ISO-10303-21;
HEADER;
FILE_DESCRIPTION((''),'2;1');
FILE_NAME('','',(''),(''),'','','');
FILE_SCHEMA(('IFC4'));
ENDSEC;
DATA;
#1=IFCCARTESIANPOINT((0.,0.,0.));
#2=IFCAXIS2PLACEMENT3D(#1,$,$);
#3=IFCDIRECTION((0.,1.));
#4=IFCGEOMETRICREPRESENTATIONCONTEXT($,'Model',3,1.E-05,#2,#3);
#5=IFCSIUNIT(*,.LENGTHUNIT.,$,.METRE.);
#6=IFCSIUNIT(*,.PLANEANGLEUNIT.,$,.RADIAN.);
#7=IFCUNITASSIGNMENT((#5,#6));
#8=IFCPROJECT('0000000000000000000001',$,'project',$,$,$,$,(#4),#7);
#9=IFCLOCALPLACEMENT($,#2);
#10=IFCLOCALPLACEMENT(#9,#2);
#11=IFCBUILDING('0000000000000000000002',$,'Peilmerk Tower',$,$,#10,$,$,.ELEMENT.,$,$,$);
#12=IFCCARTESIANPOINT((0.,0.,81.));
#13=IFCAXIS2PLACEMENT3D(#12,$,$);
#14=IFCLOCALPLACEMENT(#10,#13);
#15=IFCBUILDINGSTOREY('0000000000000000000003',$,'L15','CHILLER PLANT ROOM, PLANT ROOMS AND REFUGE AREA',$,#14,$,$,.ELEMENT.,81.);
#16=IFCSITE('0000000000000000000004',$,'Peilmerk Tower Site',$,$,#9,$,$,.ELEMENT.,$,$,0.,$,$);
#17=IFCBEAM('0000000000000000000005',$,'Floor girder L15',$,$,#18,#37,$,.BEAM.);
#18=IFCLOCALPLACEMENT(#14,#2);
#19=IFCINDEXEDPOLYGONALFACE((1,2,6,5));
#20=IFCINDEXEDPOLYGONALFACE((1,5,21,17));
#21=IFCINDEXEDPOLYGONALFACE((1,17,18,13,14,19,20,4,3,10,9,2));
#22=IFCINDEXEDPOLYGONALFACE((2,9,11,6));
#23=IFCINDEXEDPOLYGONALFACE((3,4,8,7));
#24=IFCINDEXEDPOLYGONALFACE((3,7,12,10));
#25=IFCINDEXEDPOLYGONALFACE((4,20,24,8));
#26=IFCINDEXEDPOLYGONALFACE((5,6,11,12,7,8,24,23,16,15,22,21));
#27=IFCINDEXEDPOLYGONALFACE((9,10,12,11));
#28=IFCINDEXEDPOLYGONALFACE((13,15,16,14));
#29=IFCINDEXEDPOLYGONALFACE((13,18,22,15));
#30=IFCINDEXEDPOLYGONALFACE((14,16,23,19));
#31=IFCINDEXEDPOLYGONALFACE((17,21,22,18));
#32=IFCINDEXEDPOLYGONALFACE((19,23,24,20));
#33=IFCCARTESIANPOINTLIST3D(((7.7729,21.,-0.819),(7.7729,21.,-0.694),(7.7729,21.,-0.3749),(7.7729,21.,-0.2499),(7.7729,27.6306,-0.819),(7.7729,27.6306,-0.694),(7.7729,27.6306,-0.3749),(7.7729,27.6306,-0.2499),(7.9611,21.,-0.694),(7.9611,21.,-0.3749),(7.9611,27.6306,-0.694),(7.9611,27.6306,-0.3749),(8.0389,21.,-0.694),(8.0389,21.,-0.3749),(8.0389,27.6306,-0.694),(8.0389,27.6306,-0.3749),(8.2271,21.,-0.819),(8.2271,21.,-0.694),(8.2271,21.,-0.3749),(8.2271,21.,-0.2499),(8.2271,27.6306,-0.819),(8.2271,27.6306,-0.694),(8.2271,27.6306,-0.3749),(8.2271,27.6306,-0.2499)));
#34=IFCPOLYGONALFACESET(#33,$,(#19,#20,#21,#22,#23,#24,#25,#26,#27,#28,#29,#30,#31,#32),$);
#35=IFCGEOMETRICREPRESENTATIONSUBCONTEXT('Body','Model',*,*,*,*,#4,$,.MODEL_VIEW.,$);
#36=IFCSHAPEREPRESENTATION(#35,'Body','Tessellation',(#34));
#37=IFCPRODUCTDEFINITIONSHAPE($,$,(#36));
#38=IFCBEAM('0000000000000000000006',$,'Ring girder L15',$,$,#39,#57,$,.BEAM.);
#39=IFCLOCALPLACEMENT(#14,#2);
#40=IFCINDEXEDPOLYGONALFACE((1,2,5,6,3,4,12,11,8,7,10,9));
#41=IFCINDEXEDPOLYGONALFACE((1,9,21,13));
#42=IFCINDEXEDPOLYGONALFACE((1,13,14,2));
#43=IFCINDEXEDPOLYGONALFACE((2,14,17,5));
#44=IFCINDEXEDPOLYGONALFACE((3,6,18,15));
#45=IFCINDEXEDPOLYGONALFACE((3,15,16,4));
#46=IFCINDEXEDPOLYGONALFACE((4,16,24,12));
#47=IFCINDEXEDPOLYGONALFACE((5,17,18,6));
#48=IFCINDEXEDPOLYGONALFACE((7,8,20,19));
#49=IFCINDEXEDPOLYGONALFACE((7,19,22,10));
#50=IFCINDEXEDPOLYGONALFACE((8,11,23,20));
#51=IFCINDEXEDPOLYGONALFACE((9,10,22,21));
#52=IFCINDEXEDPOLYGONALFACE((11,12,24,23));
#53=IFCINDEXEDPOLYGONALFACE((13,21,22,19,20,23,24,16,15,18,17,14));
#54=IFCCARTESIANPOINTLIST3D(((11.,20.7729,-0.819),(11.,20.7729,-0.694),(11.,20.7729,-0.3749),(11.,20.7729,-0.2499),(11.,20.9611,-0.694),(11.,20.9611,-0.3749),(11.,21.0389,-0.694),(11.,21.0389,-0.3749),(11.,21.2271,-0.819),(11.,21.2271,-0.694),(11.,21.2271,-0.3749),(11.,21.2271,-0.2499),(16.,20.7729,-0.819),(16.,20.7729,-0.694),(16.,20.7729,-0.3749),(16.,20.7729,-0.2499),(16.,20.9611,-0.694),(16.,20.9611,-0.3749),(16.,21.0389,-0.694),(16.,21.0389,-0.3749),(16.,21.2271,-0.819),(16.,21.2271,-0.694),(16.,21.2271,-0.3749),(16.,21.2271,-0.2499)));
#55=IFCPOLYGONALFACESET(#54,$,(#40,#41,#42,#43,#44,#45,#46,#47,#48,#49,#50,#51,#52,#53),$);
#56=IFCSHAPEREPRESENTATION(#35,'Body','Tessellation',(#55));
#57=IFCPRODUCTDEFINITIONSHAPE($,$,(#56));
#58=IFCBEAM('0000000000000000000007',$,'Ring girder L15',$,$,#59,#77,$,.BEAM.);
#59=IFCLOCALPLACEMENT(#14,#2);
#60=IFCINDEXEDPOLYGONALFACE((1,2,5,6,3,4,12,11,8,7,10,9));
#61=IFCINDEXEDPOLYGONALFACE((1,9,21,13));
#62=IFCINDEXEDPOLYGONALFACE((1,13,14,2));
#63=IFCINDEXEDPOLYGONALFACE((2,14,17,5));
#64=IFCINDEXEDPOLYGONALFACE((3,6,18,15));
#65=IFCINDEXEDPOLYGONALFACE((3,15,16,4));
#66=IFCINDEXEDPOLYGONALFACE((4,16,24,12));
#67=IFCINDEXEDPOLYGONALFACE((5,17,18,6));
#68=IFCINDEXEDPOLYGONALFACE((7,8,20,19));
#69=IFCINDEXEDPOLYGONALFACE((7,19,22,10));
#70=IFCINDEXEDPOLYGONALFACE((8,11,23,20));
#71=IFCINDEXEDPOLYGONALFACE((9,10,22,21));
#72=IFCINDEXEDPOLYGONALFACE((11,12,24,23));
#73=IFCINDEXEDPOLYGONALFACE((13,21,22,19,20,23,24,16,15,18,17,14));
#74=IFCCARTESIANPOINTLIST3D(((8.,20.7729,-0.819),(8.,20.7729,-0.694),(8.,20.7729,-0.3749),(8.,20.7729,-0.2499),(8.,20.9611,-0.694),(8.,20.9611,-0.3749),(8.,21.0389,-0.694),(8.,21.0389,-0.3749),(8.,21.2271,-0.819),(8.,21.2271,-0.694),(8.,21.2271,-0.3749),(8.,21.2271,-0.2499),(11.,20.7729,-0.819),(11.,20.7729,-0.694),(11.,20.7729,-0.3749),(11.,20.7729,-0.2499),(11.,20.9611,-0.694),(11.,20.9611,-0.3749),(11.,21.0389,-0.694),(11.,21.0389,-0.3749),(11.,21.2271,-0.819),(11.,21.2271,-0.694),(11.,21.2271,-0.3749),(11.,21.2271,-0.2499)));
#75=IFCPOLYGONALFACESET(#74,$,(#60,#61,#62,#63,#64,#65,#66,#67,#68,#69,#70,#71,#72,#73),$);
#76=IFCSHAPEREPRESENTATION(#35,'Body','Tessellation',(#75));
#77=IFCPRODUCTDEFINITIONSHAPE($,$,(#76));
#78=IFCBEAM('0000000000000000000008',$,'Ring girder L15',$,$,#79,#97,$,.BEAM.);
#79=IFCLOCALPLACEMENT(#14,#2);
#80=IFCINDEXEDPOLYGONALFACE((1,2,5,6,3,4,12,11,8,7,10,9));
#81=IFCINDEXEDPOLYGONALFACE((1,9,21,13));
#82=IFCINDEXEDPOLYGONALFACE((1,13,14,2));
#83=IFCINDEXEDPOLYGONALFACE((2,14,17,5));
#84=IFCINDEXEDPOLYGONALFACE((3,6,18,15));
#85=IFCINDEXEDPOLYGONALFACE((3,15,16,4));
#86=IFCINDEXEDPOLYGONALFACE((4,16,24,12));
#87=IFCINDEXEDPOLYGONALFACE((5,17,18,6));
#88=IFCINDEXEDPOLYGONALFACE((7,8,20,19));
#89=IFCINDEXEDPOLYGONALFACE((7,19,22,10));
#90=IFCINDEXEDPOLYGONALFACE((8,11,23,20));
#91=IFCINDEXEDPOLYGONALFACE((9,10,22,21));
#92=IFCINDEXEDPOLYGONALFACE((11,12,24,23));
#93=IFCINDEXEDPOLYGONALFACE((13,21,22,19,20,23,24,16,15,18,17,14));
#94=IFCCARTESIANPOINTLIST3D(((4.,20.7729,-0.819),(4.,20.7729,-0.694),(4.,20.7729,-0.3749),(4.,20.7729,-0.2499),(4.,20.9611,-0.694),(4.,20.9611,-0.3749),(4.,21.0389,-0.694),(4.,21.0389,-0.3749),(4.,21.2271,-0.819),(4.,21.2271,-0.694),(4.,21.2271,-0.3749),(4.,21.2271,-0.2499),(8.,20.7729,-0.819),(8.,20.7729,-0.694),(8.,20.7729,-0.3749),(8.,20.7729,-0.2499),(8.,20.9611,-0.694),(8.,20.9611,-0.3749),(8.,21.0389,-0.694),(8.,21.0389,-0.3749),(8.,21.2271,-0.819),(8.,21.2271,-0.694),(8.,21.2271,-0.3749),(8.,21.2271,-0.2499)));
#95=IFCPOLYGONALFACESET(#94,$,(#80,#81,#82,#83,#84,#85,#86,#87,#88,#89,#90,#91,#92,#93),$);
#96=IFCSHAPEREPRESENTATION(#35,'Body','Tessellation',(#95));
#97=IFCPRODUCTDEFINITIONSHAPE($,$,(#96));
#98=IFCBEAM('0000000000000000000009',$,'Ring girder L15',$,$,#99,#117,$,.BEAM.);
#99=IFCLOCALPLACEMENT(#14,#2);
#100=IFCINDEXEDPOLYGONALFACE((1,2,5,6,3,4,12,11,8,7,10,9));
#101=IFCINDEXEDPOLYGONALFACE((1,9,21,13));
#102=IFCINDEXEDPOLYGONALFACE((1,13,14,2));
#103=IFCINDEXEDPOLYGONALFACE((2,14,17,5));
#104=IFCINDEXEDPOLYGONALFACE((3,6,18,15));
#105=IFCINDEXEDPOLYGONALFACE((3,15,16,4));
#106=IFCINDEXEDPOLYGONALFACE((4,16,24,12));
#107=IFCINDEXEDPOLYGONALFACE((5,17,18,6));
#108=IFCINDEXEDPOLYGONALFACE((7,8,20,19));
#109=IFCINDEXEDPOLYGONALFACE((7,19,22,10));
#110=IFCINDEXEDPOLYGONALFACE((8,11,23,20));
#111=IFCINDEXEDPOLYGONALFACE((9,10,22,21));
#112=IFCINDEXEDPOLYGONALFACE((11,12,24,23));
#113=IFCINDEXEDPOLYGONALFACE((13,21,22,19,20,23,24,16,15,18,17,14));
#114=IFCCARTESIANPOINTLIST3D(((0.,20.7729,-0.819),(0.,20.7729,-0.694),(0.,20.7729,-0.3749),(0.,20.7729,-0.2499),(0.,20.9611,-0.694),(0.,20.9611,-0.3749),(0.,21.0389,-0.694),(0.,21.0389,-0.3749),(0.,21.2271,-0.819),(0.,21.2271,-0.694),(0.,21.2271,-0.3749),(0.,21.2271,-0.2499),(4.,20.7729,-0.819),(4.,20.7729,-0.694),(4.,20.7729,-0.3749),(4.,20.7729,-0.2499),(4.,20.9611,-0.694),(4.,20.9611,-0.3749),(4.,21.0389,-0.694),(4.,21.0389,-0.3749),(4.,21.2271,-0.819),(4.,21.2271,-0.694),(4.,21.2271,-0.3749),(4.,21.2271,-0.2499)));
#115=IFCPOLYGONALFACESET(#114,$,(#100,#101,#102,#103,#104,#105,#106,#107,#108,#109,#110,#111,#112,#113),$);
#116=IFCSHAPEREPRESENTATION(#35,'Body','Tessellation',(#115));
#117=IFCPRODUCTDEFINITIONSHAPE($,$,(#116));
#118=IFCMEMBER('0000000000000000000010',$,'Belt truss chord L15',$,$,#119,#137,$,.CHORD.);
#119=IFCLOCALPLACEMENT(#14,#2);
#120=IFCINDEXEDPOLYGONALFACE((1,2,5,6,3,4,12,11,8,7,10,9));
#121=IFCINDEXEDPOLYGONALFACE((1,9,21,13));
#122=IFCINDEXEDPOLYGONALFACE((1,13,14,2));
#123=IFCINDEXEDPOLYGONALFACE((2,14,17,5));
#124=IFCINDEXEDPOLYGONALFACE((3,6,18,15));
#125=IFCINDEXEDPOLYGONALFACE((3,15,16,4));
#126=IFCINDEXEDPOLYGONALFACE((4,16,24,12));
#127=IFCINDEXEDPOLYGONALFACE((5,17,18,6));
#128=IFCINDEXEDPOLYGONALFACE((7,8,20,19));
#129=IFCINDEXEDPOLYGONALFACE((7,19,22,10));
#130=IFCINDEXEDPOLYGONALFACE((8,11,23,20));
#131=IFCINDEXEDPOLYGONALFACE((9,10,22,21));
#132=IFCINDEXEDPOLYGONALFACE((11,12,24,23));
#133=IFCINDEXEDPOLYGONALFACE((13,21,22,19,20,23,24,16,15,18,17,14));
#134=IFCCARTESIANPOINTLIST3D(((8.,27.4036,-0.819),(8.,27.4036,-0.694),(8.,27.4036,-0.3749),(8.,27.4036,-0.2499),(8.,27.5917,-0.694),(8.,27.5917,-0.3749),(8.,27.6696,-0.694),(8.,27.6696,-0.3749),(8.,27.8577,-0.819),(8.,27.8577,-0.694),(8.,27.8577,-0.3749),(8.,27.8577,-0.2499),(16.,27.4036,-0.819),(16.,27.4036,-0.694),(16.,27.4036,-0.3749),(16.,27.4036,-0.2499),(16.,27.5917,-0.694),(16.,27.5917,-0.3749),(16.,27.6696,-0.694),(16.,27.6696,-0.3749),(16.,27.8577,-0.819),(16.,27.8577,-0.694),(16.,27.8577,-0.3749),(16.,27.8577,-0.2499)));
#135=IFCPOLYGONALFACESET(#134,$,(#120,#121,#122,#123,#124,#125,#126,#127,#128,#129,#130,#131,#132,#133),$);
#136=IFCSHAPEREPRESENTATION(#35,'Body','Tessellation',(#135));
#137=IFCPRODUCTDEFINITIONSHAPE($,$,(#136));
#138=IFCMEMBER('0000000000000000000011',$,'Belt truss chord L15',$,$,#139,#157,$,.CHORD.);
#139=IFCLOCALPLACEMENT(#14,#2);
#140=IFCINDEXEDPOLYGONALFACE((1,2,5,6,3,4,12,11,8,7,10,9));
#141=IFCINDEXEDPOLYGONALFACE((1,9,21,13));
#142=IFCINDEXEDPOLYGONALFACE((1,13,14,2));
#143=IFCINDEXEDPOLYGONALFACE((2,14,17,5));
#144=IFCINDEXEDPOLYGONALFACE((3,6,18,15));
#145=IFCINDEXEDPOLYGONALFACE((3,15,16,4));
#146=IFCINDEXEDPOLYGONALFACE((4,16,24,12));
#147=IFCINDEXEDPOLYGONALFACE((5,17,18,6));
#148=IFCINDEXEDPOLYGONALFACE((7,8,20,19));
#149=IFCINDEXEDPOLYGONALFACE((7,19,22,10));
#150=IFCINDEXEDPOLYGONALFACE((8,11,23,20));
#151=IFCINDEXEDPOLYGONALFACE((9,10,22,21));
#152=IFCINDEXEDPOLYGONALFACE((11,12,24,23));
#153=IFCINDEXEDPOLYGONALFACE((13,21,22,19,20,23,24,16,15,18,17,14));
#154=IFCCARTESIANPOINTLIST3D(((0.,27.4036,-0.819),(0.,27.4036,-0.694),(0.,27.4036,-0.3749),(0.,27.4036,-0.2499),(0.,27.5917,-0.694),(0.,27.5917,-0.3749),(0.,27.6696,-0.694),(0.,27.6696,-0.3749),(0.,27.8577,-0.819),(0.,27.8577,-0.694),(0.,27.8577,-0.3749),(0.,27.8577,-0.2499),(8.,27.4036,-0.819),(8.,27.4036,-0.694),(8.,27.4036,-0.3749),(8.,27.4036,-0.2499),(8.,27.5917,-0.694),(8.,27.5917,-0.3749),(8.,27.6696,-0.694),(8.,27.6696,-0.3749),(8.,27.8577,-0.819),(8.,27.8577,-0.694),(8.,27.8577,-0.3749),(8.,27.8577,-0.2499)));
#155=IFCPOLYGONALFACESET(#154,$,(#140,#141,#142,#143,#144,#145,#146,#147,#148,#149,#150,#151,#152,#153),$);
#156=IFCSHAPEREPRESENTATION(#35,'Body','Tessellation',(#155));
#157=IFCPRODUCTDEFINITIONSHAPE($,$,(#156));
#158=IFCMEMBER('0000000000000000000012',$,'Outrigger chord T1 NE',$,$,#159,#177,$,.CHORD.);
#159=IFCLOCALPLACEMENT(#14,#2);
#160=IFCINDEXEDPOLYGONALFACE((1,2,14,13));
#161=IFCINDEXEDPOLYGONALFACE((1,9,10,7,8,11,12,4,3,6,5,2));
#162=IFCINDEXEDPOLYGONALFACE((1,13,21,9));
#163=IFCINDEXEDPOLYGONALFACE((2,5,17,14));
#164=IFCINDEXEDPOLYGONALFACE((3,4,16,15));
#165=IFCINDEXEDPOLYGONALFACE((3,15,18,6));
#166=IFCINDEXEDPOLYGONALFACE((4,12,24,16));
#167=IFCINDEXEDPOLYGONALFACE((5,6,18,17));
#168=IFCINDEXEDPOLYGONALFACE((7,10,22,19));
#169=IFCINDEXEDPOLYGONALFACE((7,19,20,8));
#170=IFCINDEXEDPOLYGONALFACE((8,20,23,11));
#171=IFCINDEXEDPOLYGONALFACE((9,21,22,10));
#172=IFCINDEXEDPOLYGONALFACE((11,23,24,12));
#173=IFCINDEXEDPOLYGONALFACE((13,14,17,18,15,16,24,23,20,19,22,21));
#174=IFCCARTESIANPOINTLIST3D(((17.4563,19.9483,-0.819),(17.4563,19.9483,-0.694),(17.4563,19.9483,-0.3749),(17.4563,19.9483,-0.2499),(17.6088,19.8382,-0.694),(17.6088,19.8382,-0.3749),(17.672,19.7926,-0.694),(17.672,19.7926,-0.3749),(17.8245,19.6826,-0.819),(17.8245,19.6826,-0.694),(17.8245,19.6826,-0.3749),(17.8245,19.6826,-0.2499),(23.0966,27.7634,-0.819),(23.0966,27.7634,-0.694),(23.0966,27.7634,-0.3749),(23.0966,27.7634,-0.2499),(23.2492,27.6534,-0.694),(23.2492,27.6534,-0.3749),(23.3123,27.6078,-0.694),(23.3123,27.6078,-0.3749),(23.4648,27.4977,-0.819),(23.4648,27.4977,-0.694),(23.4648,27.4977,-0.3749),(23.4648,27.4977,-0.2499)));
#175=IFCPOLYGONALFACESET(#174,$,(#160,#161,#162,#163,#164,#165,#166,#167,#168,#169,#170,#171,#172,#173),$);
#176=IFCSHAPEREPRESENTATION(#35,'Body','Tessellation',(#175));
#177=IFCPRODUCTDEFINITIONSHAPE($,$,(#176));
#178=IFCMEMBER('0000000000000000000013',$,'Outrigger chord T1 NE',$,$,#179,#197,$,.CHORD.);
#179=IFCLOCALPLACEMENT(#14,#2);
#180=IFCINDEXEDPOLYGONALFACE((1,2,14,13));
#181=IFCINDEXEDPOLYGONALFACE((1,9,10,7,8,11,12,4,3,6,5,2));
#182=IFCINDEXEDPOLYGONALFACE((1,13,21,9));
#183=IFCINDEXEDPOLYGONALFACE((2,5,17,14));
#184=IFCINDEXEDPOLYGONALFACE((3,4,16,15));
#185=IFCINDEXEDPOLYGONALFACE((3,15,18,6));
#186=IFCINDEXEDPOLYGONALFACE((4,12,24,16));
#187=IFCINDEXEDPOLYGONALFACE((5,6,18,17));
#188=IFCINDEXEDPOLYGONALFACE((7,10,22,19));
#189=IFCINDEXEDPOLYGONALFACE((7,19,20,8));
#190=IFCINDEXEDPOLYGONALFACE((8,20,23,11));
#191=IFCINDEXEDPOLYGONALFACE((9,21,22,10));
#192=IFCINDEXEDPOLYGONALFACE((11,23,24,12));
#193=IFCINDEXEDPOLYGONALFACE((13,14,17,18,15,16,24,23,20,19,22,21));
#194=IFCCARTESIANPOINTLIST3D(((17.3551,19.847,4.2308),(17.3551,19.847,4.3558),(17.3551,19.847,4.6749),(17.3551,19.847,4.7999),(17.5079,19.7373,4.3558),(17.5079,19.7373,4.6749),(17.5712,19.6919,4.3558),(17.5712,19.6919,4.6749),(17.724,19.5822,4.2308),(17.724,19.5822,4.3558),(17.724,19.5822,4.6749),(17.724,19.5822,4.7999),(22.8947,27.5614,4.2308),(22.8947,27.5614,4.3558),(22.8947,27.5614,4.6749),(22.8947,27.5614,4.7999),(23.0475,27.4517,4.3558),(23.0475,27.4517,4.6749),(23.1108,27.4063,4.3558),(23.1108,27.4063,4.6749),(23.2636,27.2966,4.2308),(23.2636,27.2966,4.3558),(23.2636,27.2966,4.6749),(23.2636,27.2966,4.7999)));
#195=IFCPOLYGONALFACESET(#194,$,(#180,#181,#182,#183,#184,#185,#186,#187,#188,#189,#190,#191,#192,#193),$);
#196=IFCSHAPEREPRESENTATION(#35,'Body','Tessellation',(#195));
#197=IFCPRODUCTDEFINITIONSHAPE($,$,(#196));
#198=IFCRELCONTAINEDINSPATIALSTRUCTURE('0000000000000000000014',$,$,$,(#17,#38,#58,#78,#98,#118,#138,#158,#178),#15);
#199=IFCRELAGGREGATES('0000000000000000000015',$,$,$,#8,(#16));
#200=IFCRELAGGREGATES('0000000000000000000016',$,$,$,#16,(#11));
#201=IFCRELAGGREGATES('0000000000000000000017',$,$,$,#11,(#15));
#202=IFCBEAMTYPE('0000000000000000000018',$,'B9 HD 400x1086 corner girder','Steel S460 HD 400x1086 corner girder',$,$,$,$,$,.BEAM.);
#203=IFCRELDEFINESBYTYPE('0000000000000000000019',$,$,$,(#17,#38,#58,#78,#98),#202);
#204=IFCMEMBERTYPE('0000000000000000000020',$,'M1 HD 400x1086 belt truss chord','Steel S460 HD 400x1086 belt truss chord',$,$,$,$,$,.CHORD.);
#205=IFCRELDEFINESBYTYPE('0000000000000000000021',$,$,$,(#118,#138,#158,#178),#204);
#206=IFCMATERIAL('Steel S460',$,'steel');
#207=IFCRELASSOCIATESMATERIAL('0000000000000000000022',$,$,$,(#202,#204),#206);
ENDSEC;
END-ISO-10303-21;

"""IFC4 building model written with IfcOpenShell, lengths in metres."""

from ifc_helpers import new_model, si_unit, direction, frame, origin, origin_2d, place, context, subcontext, project, spatial, i_section, extrude, material, material_profile, profile_set, type_object, element, save


model = new_model("IFC4")

# Units and contexts
model_context = context("Model", 3, precision=1e-05, world=origin(), true_north=direction((0.0, 1.0)))
body_context = subcontext(model_context, "Body", "Model", "MODEL_VIEW")
ifc_project = project(units=[si_unit("LENGTHUNIT", "METRE"), si_unit("PLANEANGLEUNIT", "RADIAN")], contexts=[model_context])

# Site, building, storey
site_placement = place(None, origin())
site = spatial("IfcSite", under=ifc_project, at=site_placement, Name="Peilmerk Tower Site", CompositionType="ELEMENT", RefElevation=0.0)
building_placement = place(site_placement, origin())
building = spatial("IfcBuilding", under=site, at=building_placement, Name="Peilmerk Tower", CompositionType="ELEMENT")
storey_placement = place(building_placement, frame((0.0, 0.0, 81.0)))
storey = spatial("IfcBuildingStorey", under=building, at=storey_placement, Name="L15", Description="CHILLER PLANT ROOM, PLANT ROOMS AND REFUGE AREA", CompositionType="ELEMENT", Elevation=81.0)

# Shared definitions
ifc_material_1 = material(Name="Steel S460", Category="steel")

# Beams
ifc_material_profile_1 = material_profile(ifc_material_1, i_section(OverallWidth=0.4541, OverallDepth=0.5691, WebThickness=0.0779, FlangeThickness=0.125, at=origin_2d()), Name="HD 400x1086")
ifc_profile_set_1 = profile_set([ifc_material_profile_1], Name="Steel S460")
beam_type_1 = type_object("IfcBeamType", Name="B9 HD 400x1086 corner girder", Description="Steel S460 HD 400x1086 corner girder", PredefinedType="BEAM", material=ifc_profile_set_1)
beam_1_placement = place(storey_placement, frame((8.0, 21.0, -0.5344), z_axis=(0.0, 1.0, 0.0), x_axis=(-1.0, 0.0, 0.0)))
element("IfcBeam", 1, at=beam_1_placement, inside=storey, type_object=beam_type_1, Name="Floor girder L15", PredefinedType="BEAM", context=body_context, shape_type="SweptSolid", body=[
    extrude(i_section(OverallWidth=0.4541, OverallDepth=0.5691, WebThickness=0.0779, FlangeThickness=0.125, at=origin_2d()), origin(), (0.0, 0.0, 1.0), 6.6306),
])
beam_2_placement = place(storey_placement, frame((16.0, 21.0, -0.5344), z_axis=(-1.0, 0.0, 0.0), x_axis=(0.0, -1.0, 0.0)))
element("IfcBeam", 2, at=beam_2_placement, inside=storey, type_object=beam_type_1, Name="Ring girder L15", PredefinedType="BEAM", context=body_context, shape_type="SweptSolid", body=[
    extrude(i_section(OverallWidth=0.4541, OverallDepth=0.5691, WebThickness=0.0779, FlangeThickness=0.125, at=origin_2d()), origin(), (0.0, 0.0, 1.0), 5.0),
])
beam_3_placement = place(storey_placement, frame((11.0, 21.0, -0.5344), z_axis=(-1.0, 0.0, 0.0), x_axis=(0.0, -1.0, 0.0)))
element("IfcBeam", 3, at=beam_3_placement, inside=storey, type_object=beam_type_1, Name="Ring girder L15", PredefinedType="BEAM", context=body_context, shape_type="SweptSolid", body=[
    extrude(i_section(OverallWidth=0.4541, OverallDepth=0.5691, WebThickness=0.0779, FlangeThickness=0.125, at=origin_2d()), origin(), (0.0, 0.0, 1.0), 3.0),
])
for number, where, z_axis, x_axis, name in (
    (4, (8.0, 21.0, -0.5344), (-1.0, 0.0, 0.0), (0.0, -1.0, 0.0), "Ring girder L15"),
    (5, (4.0, 21.0, -0.5344), (-1.0, 0.0, 0.0), (0.0, -1.0, 0.0), "Ring girder L15"),
):
    element("IfcBeam", number, at=place(storey_placement, frame(where, z_axis=z_axis, x_axis=x_axis)), inside=storey, type_object=beam_type_1, Name=name, PredefinedType="BEAM", context=body_context, shape_type="SweptSolid", body=[
        extrude(i_section(OverallWidth=0.4541, OverallDepth=0.5691, WebThickness=0.0779, FlangeThickness=0.125, at=origin_2d()), origin(), (0.0, 0.0, 1.0), 4.0),
    ])

# Members
ifc_material_profile_2 = material_profile(ifc_material_1, i_section(OverallWidth=0.4541, OverallDepth=0.5691, WebThickness=0.0779, FlangeThickness=0.125, at=origin_2d()), Name="HD 400x1086")
ifc_profile_set_2 = profile_set([ifc_material_profile_2], Name="Steel S460")
member_type_1 = type_object("IfcMemberType", Name="M1 HD 400x1086 belt truss chord", Description="Steel S460 HD 400x1086 belt truss chord", PredefinedType="CHORD", material=ifc_profile_set_2)
for number, where, z_axis, x_axis, name in (
    (6, (16.0, 27.6306, -0.5344), (-1.0, 0.0, 0.0), (0.0, -1.0, 0.0), "Belt truss chord L15"),
    (7, (8.0, 27.6306, -0.5344), (-1.0, 0.0, 0.0), (0.0, -1.0, 0.0), "Belt truss chord L15"),
):
    element("IfcMember", number, at=place(storey_placement, frame(where, z_axis=z_axis, x_axis=x_axis)), inside=storey, type_object=member_type_1, Name=name, PredefinedType="CHORD", context=body_context, shape_type="SweptSolid", body=[
        extrude(i_section(OverallWidth=0.4541, OverallDepth=0.5691, WebThickness=0.0779, FlangeThickness=0.125, at=origin_2d()), origin(), (0.0, 0.0, 1.0), 8.0),
    ])
member_1_placement = place(storey_placement, frame((17.6404, 19.8154, -0.5344), z_axis=(0.585223, 0.810872, 0.0), x_axis=(-0.810872, 0.585223, 0.0)))
element("IfcMember", 8, at=member_1_placement, inside=storey, type_object=member_type_1, Name="Outrigger chord T1 NE", PredefinedType="CHORD", context=body_context, shape_type="SweptSolid", body=[
    extrude(i_section(OverallWidth=0.4541, OverallDepth=0.5691, WebThickness=0.0779, FlangeThickness=0.125, at=origin_2d()), origin(), (0.0, 0.0, 1.0), 9.6379),
])
member_2_placement = place(storey_placement, frame((17.5396, 19.7146, 4.5154), z_axis=(0.583279, 0.812272, 0.0), x_axis=(-0.812272, 0.583279, 0.0)))
element("IfcMember", 9, at=member_2_placement, inside=storey, type_object=member_type_1, Name="Outrigger chord T1 NE", PredefinedType="CHORD", context=body_context, shape_type="SweptSolid", body=[
    extrude(i_section(OverallWidth=0.4541, OverallDepth=0.5691, WebThickness=0.0779, FlangeThickness=0.125, at=origin_2d()), origin(), (0.0, 0.0, 1.0), 9.4973),
])

save(model, "model.ifc")
